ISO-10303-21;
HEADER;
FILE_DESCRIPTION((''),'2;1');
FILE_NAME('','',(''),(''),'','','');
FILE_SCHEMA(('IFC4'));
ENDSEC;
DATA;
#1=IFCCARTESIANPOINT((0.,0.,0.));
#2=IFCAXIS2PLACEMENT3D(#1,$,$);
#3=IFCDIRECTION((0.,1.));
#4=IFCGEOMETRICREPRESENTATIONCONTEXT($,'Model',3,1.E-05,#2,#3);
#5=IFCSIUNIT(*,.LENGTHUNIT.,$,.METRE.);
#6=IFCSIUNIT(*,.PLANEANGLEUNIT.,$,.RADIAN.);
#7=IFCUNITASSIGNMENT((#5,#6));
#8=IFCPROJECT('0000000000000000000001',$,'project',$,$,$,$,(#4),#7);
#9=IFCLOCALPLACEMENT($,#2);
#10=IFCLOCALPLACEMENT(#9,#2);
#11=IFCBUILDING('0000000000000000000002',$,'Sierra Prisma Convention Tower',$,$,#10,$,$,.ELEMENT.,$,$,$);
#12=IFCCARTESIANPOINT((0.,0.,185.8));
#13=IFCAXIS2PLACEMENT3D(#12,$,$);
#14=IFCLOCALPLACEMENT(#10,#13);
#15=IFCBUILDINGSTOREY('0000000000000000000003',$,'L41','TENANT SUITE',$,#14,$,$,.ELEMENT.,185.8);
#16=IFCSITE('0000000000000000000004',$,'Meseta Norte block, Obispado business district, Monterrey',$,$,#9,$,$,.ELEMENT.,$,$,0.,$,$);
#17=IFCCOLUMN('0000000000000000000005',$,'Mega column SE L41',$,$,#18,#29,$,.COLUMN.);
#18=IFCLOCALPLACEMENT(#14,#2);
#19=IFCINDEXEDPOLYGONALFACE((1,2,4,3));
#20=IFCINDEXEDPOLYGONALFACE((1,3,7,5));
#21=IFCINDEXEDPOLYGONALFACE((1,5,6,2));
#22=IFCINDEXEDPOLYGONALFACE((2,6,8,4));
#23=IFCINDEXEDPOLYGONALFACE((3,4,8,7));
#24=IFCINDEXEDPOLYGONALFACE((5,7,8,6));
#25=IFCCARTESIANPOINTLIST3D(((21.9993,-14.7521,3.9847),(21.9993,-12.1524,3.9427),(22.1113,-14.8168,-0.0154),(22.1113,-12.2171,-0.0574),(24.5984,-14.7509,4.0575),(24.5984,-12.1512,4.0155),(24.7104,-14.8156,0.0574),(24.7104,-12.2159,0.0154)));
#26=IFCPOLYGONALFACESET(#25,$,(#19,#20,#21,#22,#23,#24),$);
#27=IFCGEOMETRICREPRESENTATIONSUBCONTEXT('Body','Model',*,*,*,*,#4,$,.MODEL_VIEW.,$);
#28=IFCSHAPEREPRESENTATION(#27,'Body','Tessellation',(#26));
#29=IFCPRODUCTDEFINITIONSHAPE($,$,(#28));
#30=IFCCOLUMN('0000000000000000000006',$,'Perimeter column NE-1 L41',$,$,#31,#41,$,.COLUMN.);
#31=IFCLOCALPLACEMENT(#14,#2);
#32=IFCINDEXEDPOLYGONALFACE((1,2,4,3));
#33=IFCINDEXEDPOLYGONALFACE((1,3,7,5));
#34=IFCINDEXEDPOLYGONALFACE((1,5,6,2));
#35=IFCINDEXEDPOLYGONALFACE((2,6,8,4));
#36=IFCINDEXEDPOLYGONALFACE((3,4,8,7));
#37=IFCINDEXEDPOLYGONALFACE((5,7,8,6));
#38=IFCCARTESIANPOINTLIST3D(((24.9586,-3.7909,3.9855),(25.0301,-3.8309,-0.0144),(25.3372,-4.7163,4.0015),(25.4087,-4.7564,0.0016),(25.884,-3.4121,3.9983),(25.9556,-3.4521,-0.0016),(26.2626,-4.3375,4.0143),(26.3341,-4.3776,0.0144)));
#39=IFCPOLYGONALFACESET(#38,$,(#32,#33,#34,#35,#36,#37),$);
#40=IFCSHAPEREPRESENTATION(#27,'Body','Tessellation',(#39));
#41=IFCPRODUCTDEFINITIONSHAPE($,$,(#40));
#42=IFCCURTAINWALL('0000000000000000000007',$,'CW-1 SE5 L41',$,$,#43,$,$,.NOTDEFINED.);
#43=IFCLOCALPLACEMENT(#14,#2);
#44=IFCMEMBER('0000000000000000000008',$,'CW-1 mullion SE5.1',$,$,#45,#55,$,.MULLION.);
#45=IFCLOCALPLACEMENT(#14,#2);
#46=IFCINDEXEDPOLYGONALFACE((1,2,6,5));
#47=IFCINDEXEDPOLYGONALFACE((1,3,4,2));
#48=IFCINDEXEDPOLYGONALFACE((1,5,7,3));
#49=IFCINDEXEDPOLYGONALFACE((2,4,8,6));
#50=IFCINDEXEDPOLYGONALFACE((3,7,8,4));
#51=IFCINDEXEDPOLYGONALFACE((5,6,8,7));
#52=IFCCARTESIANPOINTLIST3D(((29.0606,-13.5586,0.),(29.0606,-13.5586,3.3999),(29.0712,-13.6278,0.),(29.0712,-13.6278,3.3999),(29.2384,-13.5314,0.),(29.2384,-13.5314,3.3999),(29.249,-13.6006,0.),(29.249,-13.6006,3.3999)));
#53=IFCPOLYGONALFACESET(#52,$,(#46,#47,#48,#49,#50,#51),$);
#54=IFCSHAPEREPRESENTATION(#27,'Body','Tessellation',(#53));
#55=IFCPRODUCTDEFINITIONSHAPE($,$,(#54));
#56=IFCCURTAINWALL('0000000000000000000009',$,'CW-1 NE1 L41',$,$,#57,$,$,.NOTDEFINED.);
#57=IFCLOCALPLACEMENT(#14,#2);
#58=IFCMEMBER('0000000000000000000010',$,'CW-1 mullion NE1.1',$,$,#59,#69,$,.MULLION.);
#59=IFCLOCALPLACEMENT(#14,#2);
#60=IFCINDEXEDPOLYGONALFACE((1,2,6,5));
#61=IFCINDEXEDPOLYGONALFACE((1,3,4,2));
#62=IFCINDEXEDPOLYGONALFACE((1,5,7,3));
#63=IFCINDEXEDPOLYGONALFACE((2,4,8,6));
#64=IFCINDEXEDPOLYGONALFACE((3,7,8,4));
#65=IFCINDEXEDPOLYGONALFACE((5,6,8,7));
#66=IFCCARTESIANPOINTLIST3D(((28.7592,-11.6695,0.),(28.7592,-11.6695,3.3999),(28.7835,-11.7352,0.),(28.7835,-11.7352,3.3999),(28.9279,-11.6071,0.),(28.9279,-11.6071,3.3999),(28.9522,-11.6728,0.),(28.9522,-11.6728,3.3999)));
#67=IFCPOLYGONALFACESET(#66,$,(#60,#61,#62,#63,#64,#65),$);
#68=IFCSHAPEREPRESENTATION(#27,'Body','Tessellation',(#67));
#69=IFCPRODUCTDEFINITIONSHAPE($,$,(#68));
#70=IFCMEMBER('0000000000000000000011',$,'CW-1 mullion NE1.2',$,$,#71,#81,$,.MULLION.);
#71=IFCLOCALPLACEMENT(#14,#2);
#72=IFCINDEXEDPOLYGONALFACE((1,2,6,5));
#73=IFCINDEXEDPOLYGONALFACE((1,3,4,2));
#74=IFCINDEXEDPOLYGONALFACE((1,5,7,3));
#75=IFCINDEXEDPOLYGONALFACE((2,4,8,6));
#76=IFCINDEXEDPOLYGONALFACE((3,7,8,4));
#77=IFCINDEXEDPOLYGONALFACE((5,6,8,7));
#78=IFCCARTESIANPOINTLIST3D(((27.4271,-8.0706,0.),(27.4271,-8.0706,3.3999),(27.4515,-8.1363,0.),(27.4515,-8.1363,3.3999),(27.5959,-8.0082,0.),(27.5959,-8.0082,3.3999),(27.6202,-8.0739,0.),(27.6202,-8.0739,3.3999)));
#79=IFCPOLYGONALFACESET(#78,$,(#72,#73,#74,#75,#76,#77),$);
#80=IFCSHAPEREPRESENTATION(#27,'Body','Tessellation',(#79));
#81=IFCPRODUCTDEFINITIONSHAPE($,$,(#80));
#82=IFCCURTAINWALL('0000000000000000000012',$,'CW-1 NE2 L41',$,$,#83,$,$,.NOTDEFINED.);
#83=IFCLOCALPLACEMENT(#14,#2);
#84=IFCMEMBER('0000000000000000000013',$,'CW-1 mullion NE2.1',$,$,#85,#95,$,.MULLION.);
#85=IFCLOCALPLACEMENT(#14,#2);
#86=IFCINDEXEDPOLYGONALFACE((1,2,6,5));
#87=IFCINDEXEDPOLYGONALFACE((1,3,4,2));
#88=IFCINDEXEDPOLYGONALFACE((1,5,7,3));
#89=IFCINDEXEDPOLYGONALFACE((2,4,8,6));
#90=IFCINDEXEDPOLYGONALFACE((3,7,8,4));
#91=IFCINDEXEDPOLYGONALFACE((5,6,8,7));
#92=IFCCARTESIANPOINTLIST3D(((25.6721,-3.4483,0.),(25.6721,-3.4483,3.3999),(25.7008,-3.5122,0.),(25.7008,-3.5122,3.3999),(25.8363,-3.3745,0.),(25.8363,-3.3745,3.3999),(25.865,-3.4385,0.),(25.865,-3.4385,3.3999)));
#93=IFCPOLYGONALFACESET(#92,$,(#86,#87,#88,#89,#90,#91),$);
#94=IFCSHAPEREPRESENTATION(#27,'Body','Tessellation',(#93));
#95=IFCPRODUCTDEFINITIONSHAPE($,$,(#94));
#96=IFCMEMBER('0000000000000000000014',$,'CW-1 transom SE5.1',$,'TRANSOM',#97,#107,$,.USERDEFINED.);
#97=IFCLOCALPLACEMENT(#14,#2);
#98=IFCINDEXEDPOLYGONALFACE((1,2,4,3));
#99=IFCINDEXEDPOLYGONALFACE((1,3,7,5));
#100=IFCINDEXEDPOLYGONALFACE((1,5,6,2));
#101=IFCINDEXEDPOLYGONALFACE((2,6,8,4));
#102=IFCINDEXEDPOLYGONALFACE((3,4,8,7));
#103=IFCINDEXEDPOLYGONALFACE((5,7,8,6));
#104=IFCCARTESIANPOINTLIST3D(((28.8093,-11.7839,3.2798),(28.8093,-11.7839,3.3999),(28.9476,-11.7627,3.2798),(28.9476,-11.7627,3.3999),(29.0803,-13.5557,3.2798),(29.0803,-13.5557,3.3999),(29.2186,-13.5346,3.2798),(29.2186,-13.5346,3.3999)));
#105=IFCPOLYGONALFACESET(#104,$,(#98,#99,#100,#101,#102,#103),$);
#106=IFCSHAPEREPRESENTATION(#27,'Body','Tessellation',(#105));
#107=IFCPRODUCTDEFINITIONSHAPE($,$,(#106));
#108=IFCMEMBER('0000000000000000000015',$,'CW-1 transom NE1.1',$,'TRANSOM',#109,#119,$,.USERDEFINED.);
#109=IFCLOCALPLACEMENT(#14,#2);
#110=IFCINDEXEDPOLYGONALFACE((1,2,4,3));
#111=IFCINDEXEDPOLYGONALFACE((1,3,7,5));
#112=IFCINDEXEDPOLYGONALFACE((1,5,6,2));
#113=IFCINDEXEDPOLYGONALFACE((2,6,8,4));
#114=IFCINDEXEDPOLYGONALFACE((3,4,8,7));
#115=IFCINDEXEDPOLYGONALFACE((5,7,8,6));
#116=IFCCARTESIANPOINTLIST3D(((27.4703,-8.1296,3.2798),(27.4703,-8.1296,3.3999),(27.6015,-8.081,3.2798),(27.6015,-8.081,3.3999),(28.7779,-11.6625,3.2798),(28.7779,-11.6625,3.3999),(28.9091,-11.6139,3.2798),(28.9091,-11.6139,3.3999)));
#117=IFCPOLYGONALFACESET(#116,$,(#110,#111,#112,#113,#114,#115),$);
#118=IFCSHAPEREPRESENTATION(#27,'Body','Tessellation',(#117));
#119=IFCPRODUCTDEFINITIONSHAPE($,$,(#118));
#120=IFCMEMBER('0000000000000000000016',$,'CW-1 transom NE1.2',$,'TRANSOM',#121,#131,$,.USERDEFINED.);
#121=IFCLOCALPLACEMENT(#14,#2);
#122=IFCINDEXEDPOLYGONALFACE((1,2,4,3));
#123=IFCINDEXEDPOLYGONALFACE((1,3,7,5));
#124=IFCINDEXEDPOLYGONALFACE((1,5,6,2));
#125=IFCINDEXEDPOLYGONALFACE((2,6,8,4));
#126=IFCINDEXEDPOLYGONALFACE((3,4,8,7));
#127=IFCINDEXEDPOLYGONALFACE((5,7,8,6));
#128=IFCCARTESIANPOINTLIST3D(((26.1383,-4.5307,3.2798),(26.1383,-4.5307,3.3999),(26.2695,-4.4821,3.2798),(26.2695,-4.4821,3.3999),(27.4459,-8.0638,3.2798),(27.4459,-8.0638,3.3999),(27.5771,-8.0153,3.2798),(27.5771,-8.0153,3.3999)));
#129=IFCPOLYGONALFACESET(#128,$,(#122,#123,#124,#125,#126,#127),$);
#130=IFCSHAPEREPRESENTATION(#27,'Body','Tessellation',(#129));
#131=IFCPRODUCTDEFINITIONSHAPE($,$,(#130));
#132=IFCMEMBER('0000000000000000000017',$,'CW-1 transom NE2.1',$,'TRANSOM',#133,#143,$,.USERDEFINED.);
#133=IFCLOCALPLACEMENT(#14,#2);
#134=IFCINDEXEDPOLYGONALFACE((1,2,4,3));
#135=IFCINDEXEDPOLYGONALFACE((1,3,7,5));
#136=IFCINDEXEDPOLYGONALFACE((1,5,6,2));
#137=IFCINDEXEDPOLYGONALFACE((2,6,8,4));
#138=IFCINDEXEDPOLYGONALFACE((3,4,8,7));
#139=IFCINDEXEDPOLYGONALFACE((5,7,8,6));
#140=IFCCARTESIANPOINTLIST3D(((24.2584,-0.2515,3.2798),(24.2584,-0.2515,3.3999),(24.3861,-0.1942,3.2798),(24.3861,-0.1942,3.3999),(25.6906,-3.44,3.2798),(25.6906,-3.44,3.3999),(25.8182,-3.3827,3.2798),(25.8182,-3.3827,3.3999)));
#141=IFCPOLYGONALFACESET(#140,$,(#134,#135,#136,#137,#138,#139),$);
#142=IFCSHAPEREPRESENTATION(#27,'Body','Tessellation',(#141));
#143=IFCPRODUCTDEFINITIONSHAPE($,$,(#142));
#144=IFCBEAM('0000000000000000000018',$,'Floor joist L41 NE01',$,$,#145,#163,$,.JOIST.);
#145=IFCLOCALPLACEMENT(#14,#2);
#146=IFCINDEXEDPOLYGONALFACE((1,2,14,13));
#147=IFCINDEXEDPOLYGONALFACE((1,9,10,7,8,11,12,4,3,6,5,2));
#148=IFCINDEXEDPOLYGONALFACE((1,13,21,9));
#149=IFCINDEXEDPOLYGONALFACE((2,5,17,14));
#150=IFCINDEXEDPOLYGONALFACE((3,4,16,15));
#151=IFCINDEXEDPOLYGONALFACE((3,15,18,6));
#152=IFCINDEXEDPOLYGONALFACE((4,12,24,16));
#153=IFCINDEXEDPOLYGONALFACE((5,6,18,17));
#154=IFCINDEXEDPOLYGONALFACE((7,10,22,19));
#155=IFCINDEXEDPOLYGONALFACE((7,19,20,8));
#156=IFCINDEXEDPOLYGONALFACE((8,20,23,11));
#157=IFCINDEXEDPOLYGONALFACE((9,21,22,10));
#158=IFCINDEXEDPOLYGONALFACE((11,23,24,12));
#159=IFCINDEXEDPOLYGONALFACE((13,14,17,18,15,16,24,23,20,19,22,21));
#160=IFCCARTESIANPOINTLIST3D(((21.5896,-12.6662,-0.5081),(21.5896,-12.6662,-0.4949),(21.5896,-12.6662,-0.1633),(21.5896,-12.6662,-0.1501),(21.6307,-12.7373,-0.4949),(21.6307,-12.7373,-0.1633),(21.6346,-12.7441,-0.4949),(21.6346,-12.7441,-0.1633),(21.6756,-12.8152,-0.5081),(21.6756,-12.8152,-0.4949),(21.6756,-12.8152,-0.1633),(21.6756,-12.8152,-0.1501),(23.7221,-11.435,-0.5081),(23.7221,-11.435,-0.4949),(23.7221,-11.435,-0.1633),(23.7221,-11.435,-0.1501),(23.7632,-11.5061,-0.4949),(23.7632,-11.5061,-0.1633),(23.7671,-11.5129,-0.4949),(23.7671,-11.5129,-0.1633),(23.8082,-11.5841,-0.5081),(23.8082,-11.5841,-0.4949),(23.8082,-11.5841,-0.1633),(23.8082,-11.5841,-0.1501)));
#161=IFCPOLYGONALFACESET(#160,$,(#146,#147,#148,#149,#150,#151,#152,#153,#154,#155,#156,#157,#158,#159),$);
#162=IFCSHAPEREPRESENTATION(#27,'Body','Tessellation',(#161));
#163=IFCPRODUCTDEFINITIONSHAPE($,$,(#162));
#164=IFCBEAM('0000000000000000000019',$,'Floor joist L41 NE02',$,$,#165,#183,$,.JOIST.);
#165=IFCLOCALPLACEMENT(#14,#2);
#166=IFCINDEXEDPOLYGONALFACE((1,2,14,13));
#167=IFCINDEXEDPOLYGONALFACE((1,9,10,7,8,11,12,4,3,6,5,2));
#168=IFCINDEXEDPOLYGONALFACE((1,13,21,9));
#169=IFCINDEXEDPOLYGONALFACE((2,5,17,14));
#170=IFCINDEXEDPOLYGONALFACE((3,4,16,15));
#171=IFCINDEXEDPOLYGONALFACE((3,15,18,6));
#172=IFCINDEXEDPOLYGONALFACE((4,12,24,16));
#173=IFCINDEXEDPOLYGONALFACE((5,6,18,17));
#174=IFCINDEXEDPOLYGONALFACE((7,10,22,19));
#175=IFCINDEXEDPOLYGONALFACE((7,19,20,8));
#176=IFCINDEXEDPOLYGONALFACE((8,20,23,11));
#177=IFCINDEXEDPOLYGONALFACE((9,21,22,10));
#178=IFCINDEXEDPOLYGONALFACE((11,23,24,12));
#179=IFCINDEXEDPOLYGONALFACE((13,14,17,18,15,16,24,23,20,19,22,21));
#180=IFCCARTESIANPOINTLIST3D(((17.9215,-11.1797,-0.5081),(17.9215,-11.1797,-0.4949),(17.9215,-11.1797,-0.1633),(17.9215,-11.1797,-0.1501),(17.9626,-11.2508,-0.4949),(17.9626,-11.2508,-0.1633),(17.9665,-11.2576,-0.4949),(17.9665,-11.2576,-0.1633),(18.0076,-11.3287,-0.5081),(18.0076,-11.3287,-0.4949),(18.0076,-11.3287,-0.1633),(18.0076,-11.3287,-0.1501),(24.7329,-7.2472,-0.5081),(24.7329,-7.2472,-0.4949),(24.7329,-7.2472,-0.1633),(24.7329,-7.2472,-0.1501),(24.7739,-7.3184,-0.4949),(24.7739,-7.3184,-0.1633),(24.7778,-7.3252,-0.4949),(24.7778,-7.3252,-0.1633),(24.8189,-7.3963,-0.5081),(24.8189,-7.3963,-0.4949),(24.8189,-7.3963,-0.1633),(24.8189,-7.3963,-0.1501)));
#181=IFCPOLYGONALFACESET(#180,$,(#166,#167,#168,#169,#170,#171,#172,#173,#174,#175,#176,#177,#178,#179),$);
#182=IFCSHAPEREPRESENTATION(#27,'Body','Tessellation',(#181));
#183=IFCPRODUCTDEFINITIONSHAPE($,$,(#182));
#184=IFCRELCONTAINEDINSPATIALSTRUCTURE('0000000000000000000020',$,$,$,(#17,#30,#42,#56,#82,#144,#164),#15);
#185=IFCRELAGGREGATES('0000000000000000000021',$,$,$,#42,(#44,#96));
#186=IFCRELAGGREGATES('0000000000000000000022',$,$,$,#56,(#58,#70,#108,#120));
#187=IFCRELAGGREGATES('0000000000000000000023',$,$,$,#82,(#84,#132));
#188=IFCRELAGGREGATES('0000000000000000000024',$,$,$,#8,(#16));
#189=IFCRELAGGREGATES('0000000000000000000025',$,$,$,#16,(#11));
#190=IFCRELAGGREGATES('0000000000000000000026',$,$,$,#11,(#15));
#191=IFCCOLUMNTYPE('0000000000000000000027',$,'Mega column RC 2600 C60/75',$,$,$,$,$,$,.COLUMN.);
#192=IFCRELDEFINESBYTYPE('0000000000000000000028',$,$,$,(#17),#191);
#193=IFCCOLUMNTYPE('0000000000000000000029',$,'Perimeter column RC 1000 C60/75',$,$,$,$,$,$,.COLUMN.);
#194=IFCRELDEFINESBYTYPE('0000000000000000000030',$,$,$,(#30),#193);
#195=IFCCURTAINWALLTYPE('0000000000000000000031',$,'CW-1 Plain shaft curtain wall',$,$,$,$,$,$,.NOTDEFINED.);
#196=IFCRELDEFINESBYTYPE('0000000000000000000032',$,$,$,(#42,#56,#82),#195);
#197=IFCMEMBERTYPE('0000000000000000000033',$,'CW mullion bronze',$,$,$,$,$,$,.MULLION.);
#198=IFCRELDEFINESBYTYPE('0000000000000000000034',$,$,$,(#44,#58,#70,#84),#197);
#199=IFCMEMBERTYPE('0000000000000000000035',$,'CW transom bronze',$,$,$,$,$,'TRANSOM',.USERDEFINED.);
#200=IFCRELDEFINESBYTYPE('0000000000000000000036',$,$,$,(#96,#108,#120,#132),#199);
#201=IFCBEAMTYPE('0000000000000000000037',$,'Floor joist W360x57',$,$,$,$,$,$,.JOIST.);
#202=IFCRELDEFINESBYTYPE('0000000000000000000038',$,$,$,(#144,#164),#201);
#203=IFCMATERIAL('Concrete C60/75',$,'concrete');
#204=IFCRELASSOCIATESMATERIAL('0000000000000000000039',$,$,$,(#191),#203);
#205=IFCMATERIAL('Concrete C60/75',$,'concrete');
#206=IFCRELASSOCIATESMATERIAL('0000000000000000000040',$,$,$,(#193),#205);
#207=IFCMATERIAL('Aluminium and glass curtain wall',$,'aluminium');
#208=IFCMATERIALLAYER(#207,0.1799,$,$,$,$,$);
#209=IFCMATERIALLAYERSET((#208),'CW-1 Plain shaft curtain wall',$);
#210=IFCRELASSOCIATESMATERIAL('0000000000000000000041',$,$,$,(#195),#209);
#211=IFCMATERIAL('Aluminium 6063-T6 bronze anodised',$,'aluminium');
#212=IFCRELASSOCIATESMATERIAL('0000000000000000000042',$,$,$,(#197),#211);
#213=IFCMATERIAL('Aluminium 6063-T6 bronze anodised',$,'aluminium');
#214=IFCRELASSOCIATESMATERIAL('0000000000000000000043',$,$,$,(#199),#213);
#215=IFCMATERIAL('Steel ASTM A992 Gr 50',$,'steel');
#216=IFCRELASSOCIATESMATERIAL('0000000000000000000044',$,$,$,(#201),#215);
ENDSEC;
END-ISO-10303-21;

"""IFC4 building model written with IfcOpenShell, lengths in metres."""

from ifc_helpers import new_model, si_unit, direction, frame, origin, origin_2d, place, context, subcontext, project, spatial, rectangle, i_section, extrude, material, layer, layer_set, material_profile, profile_set, type_object, element, aggregate, save


model = new_model("IFC4")

# Units and contexts
model_context = context("Model", 3, precision=1e-05, world=origin(), true_north=direction((0.0, 1.0)))
body_context = subcontext(model_context, "Body", "Model", "MODEL_VIEW")
ifc_project = project(units=[si_unit("LENGTHUNIT", "METRE"), si_unit("PLANEANGLEUNIT", "RADIAN")], contexts=[model_context])

# Site, building, storey
site_placement = place(None, origin())
site = spatial("IfcSite", under=ifc_project, at=site_placement, Name="Meseta Norte block, Obispado business district, Monterrey", CompositionType="ELEMENT", RefElevation=0.0)
building_placement = place(site_placement, origin())
building = spatial("IfcBuilding", under=site, at=building_placement, Name="Sierra Prisma Convention Tower", CompositionType="ELEMENT")
storey_placement = place(building_placement, frame((0.0, 0.0, 185.8)))
storey = spatial("IfcBuildingStorey", under=building, at=storey_placement, Name="L41", Description="TENANT SUITE", CompositionType="ELEMENT", Elevation=185.8)

# Columns
ifc_material_1 = material(Name="Concrete C60/75", Category="concrete")
ifc_material_profile_1 = material_profile(ifc_material_1, rectangle(XDim=2.6001, YDim=2.6001, at=origin_2d()), Name="Mega column RC 2600 C60/75")
ifc_profile_set_1 = profile_set([ifc_material_profile_1], Name="Concrete C60/75")
column_type_1 = type_object("IfcColumnType", Name="Mega column RC 2600 C60/75", PredefinedType="COLUMN", material=ifc_profile_set_1)
column_1_placement = place(storey_placement, frame((23.4109, -13.5164, 0.0), z_axis=(-0.028, 0.016166, 0.999477), x_axis=(0.999608, 0.000453, 0.027997)))
element("IfcColumn", 1, at=column_1_placement, inside=storey, type_object=column_type_1, Name="Mega column SE L41", PredefinedType="COLUMN", context=body_context, shape_type="SweptSolid", body=[
    extrude(rectangle(XDim=2.6001, YDim=2.6001, at=origin_2d()), origin(), (0.0, 0.0, 1.0), 4.0022),
])
ifc_material_2 = material(Name="Concrete C60/75", Category="concrete")
ifc_material_profile_2 = material_profile(ifc_material_2, rectangle(XDim=1.0, YDim=1.0, at=origin_2d()), Name="Perimeter column RC 1000 C60/75")
ifc_profile_set_2 = profile_set([ifc_material_profile_2], Name="Concrete C60/75")
column_type_2 = type_object("IfcColumnType", Name="Perimeter column RC 1000 C60/75", PredefinedType="COLUMN", material=ifc_profile_set_2)
column_2_placement = place(storey_placement, frame((25.6821, -4.1042, 0.0), z_axis=(-0.01788, 0.010008, 0.99979), x_axis=(-0.378559, 0.925438, -0.016033)))
element("IfcColumn", 2, at=column_2_placement, inside=storey, type_object=column_type_2, Name="Perimeter column NE-1 L41", PredefinedType="COLUMN", context=body_context, shape_type="SweptSolid", body=[
    extrude(rectangle(XDim=1.0, YDim=1.0, at=origin_2d()), origin(), (0.0, 0.0, 1.0), 4.0007),
])

# Curtain wall, member
ifc_material_3 = material(Name="Aluminium and glass curtain wall", Category="aluminium")
ifc_layer_1 = layer(ifc_material_3, 0.1799)
ifc_layer_set_1 = layer_set([ifc_layer_1], Name="CW-1 Plain shaft curtain wall")
curtain_wall_type = type_object("IfcCurtainWallType", Name="CW-1 Plain shaft curtain wall", PredefinedType="NOTDEFINED", material=ifc_layer_set_1)
curtain_wall_1_placement = place(storey_placement, origin())
curtain_wall_1 = element("IfcCurtainWall", 3, at=curtain_wall_1_placement, inside=storey, type_object=curtain_wall_type, Name="CW-1 SE5 L41", PredefinedType="NOTDEFINED")
ifc_material_4 = material(Name="Aluminium 6063-T6 bronze anodised", Category="aluminium")
ifc_material_profile_3 = material_profile(ifc_material_4, rectangle(XDim=0.1799, YDim=0.0701, at=origin_2d()), Name="ALU MULLION 70x180")
ifc_profile_set_3 = profile_set([ifc_material_profile_3], Name="Aluminium 6063-T6 bronze anodised")
member_type_1 = type_object("IfcMemberType", Name="CW mullion bronze", PredefinedType="MULLION", material=ifc_profile_set_3)
member_1_placement = place(storey_placement, frame((29.1548, -13.5796, 0.0), z_axis=(0.0, 0.0, 1.0), x_axis=(-0.9885, -0.151224, 0.0)))
member_1 = element("IfcMember", 4, at=member_1_placement, type_object=member_type_1, Name="CW-1 mullion SE5.1", PredefinedType="MULLION", context=body_context, shape_type="SweptSolid", body=[
    extrude(rectangle(XDim=0.1799, YDim=0.0701, at=origin_2d()), origin(), (0.0, 0.0, 1.0), 3.3999),
])

# Curtain wall, members
curtain_wall_2_placement = place(storey_placement, origin())
curtain_wall_2 = element("IfcCurtainWall", 5, at=curtain_wall_2_placement, inside=storey, type_object=curtain_wall_type, Name="CW-1 NE1 L41", PredefinedType="NOTDEFINED")
member_2_placement = place(storey_placement, frame((28.8557, -11.6711, 0.0), z_axis=(0.0, 0.0, 1.0), x_axis=(-0.937827, -0.347104, 0.0)))
member_2 = element("IfcMember", 6, at=member_2_placement, type_object=member_type_1, Name="CW-1 mullion NE1.1", PredefinedType="MULLION", context=body_context, shape_type="SweptSolid", body=[
    extrude(rectangle(XDim=0.1799, YDim=0.0701, at=origin_2d()), origin(), (0.0, 0.0, 1.0), 3.3999),
])
member_3_placement = place(storey_placement, frame((27.5237, -8.0723, 0.0), z_axis=(0.0, 0.0, 1.0), x_axis=(-0.937827, -0.347104, 0.0)))
member_3 = element("IfcMember", 7, at=member_3_placement, type_object=member_type_1, Name="CW-1 mullion NE1.2", PredefinedType="MULLION", context=body_context, shape_type="SweptSolid", body=[
    extrude(rectangle(XDim=0.1799, YDim=0.0701, at=origin_2d()), origin(), (0.0, 0.0, 1.0), 3.3999),
])

# Curtain wall, member
curtain_wall_3_placement = place(storey_placement, origin())
curtain_wall_3 = element("IfcCurtainWall", 8, at=curtain_wall_3_placement, inside=storey, type_object=curtain_wall_type, Name="CW-1 NE2 L41", PredefinedType="NOTDEFINED")
member_4_placement = place(storey_placement, frame((25.7686, -3.4434, 0.0), z_axis=(0.0, 0.0, 1.0), x_axis=(-0.912219, -0.409703, 0.0)))
member_4 = element("IfcMember", 9, at=member_4_placement, type_object=member_type_1, Name="CW-1 mullion NE2.1", PredefinedType="MULLION", context=body_context, shape_type="SweptSolid", body=[
    extrude(rectangle(XDim=0.1799, YDim=0.0701, at=origin_2d()), origin(), (0.0, 0.0, 1.0), 3.3999),
])

# Members
ifc_material_5 = material(Name="Aluminium 6063-T6 bronze anodised", Category="aluminium")
ifc_material_profile_4 = material_profile(ifc_material_5, rectangle(XDim=0.1399, YDim=0.1201, at=origin_2d()), Name="ALU TRANSOM 120x140")
ifc_profile_set_4 = profile_set([ifc_material_profile_4], Name="Aluminium 6063-T6 bronze anodised")
member_type_2 = type_object("IfcMemberType", Name="CW transom bronze", ElementType="TRANSOM", PredefinedType="USERDEFINED", material=ifc_profile_set_4)
member_5_placement = place(storey_placement, frame((29.1494, -13.5452, 3.3398), z_axis=(-0.151177, 0.988507, 0.0), x_axis=(-0.988507, -0.151177, 0.0)))
member_5 = element("IfcMember", 10, at=member_5_placement, type_object=member_type_2, Name="CW-1 transom SE5.1", ObjectType="TRANSOM", PredefinedType="USERDEFINED", context=body_context, shape_type="SweptSolid", body=[
    extrude(rectangle(XDim=0.1399, YDim=0.1201, at=origin_2d()), origin(), (0.0, 0.0, 1.0), 1.7925),
])
member_6_placement = place(storey_placement, frame((28.8435, -11.6382, 3.3398), z_axis=(-0.347107, 0.937825, 0.0), x_axis=(-0.937825, -0.347107, 0.0)))
member_6 = element("IfcMember", 11, at=member_6_placement, type_object=member_type_2, Name="CW-1 transom NE1.1", ObjectType="TRANSOM", PredefinedType="USERDEFINED", context=body_context, shape_type="SweptSolid", body=[
    extrude(rectangle(XDim=0.1399, YDim=0.1201, at=origin_2d()), origin(), (0.0, 0.0, 1.0), 3.7671),
])
member_7_placement = place(storey_placement, frame((27.5115, -8.0396, 3.3398), z_axis=(-0.347086, 0.937833, 0.0), x_axis=(-0.937833, -0.347086, 0.0)))
member_7 = element("IfcMember", 12, at=member_7_placement, type_object=member_type_2, Name="CW-1 transom NE1.2", ObjectType="TRANSOM", PredefinedType="USERDEFINED", context=body_context, shape_type="SweptSolid", body=[
    extrude(rectangle(XDim=0.1399, YDim=0.1201, at=origin_2d()), origin(), (0.0, 0.0, 1.0), 3.7673),
])
member_8_placement = place(storey_placement, frame((25.7544, -3.4114, 3.3398), z_axis=(-0.409726, 0.912209, 0.0), x_axis=(-0.912209, -0.409726, 0.0)))
member_8 = element("IfcMember", 13, at=member_8_placement, type_object=member_type_2, Name="CW-1 transom NE2.1", ObjectType="TRANSOM", PredefinedType="USERDEFINED", context=body_context, shape_type="SweptSolid", body=[
    extrude(rectangle(XDim=0.1399, YDim=0.1201, at=origin_2d()), origin(), (0.0, 0.0, 1.0), 3.4954),
])

# Beams
ifc_material_6 = material(Name="Steel ASTM A992 Gr 50", Category="steel")
ifc_material_profile_5 = material_profile(ifc_material_6, i_section(OverallWidth=0.1721, OverallDepth=0.3579, WebThickness=0.0078, FlangeThickness=0.0132, at=origin_2d()), Name="W360x57")
ifc_profile_set_5 = profile_set([ifc_material_profile_5], Name="Steel ASTM A992 Gr 50")
beam_type_1 = type_object("IfcBeamType", Name="Floor joist W360x57", PredefinedType="JOIST", material=ifc_profile_set_5)
beam_1_placement = place(storey_placement, frame((23.7651, -11.5095, -0.3291), z_axis=(-0.866032, -0.499989, 0.0), x_axis=(0.499989, -0.866032, 0.0)))
element("IfcBeam", 14, at=beam_1_placement, inside=storey, type_object=beam_type_1, Name="Floor joist L41 NE01", PredefinedType="JOIST", context=body_context, shape_type="SweptSolid", body=[
    extrude(i_section(OverallWidth=0.1721, OverallDepth=0.3579, WebThickness=0.0078, FlangeThickness=0.0132, at=origin_2d()), origin(), (0.0, 0.0, 1.0), 2.4624),
])
beam_2_placement = place(storey_placement, frame((24.7759, -7.3218, -0.3291), z_axis=(-0.866032, -0.499988, 0.0), x_axis=(0.499988, -0.866032, 0.0)))
element("IfcBeam", 15, at=beam_2_placement, inside=storey, type_object=beam_type_1, Name="Floor joist L41 NE02", PredefinedType="JOIST", context=body_context, shape_type="SweptSolid", body=[
    extrude(i_section(OverallWidth=0.1721, OverallDepth=0.3579, WebThickness=0.0078, FlangeThickness=0.0132, at=origin_2d()), origin(), (0.0, 0.0, 1.0), 7.865),
])

aggregate(curtain_wall_1, [member_1, member_5])
aggregate(curtain_wall_2, [member_2, member_3, member_6, member_7])
aggregate(curtain_wall_3, [member_4, member_8])

save(model, "model.ifc")
